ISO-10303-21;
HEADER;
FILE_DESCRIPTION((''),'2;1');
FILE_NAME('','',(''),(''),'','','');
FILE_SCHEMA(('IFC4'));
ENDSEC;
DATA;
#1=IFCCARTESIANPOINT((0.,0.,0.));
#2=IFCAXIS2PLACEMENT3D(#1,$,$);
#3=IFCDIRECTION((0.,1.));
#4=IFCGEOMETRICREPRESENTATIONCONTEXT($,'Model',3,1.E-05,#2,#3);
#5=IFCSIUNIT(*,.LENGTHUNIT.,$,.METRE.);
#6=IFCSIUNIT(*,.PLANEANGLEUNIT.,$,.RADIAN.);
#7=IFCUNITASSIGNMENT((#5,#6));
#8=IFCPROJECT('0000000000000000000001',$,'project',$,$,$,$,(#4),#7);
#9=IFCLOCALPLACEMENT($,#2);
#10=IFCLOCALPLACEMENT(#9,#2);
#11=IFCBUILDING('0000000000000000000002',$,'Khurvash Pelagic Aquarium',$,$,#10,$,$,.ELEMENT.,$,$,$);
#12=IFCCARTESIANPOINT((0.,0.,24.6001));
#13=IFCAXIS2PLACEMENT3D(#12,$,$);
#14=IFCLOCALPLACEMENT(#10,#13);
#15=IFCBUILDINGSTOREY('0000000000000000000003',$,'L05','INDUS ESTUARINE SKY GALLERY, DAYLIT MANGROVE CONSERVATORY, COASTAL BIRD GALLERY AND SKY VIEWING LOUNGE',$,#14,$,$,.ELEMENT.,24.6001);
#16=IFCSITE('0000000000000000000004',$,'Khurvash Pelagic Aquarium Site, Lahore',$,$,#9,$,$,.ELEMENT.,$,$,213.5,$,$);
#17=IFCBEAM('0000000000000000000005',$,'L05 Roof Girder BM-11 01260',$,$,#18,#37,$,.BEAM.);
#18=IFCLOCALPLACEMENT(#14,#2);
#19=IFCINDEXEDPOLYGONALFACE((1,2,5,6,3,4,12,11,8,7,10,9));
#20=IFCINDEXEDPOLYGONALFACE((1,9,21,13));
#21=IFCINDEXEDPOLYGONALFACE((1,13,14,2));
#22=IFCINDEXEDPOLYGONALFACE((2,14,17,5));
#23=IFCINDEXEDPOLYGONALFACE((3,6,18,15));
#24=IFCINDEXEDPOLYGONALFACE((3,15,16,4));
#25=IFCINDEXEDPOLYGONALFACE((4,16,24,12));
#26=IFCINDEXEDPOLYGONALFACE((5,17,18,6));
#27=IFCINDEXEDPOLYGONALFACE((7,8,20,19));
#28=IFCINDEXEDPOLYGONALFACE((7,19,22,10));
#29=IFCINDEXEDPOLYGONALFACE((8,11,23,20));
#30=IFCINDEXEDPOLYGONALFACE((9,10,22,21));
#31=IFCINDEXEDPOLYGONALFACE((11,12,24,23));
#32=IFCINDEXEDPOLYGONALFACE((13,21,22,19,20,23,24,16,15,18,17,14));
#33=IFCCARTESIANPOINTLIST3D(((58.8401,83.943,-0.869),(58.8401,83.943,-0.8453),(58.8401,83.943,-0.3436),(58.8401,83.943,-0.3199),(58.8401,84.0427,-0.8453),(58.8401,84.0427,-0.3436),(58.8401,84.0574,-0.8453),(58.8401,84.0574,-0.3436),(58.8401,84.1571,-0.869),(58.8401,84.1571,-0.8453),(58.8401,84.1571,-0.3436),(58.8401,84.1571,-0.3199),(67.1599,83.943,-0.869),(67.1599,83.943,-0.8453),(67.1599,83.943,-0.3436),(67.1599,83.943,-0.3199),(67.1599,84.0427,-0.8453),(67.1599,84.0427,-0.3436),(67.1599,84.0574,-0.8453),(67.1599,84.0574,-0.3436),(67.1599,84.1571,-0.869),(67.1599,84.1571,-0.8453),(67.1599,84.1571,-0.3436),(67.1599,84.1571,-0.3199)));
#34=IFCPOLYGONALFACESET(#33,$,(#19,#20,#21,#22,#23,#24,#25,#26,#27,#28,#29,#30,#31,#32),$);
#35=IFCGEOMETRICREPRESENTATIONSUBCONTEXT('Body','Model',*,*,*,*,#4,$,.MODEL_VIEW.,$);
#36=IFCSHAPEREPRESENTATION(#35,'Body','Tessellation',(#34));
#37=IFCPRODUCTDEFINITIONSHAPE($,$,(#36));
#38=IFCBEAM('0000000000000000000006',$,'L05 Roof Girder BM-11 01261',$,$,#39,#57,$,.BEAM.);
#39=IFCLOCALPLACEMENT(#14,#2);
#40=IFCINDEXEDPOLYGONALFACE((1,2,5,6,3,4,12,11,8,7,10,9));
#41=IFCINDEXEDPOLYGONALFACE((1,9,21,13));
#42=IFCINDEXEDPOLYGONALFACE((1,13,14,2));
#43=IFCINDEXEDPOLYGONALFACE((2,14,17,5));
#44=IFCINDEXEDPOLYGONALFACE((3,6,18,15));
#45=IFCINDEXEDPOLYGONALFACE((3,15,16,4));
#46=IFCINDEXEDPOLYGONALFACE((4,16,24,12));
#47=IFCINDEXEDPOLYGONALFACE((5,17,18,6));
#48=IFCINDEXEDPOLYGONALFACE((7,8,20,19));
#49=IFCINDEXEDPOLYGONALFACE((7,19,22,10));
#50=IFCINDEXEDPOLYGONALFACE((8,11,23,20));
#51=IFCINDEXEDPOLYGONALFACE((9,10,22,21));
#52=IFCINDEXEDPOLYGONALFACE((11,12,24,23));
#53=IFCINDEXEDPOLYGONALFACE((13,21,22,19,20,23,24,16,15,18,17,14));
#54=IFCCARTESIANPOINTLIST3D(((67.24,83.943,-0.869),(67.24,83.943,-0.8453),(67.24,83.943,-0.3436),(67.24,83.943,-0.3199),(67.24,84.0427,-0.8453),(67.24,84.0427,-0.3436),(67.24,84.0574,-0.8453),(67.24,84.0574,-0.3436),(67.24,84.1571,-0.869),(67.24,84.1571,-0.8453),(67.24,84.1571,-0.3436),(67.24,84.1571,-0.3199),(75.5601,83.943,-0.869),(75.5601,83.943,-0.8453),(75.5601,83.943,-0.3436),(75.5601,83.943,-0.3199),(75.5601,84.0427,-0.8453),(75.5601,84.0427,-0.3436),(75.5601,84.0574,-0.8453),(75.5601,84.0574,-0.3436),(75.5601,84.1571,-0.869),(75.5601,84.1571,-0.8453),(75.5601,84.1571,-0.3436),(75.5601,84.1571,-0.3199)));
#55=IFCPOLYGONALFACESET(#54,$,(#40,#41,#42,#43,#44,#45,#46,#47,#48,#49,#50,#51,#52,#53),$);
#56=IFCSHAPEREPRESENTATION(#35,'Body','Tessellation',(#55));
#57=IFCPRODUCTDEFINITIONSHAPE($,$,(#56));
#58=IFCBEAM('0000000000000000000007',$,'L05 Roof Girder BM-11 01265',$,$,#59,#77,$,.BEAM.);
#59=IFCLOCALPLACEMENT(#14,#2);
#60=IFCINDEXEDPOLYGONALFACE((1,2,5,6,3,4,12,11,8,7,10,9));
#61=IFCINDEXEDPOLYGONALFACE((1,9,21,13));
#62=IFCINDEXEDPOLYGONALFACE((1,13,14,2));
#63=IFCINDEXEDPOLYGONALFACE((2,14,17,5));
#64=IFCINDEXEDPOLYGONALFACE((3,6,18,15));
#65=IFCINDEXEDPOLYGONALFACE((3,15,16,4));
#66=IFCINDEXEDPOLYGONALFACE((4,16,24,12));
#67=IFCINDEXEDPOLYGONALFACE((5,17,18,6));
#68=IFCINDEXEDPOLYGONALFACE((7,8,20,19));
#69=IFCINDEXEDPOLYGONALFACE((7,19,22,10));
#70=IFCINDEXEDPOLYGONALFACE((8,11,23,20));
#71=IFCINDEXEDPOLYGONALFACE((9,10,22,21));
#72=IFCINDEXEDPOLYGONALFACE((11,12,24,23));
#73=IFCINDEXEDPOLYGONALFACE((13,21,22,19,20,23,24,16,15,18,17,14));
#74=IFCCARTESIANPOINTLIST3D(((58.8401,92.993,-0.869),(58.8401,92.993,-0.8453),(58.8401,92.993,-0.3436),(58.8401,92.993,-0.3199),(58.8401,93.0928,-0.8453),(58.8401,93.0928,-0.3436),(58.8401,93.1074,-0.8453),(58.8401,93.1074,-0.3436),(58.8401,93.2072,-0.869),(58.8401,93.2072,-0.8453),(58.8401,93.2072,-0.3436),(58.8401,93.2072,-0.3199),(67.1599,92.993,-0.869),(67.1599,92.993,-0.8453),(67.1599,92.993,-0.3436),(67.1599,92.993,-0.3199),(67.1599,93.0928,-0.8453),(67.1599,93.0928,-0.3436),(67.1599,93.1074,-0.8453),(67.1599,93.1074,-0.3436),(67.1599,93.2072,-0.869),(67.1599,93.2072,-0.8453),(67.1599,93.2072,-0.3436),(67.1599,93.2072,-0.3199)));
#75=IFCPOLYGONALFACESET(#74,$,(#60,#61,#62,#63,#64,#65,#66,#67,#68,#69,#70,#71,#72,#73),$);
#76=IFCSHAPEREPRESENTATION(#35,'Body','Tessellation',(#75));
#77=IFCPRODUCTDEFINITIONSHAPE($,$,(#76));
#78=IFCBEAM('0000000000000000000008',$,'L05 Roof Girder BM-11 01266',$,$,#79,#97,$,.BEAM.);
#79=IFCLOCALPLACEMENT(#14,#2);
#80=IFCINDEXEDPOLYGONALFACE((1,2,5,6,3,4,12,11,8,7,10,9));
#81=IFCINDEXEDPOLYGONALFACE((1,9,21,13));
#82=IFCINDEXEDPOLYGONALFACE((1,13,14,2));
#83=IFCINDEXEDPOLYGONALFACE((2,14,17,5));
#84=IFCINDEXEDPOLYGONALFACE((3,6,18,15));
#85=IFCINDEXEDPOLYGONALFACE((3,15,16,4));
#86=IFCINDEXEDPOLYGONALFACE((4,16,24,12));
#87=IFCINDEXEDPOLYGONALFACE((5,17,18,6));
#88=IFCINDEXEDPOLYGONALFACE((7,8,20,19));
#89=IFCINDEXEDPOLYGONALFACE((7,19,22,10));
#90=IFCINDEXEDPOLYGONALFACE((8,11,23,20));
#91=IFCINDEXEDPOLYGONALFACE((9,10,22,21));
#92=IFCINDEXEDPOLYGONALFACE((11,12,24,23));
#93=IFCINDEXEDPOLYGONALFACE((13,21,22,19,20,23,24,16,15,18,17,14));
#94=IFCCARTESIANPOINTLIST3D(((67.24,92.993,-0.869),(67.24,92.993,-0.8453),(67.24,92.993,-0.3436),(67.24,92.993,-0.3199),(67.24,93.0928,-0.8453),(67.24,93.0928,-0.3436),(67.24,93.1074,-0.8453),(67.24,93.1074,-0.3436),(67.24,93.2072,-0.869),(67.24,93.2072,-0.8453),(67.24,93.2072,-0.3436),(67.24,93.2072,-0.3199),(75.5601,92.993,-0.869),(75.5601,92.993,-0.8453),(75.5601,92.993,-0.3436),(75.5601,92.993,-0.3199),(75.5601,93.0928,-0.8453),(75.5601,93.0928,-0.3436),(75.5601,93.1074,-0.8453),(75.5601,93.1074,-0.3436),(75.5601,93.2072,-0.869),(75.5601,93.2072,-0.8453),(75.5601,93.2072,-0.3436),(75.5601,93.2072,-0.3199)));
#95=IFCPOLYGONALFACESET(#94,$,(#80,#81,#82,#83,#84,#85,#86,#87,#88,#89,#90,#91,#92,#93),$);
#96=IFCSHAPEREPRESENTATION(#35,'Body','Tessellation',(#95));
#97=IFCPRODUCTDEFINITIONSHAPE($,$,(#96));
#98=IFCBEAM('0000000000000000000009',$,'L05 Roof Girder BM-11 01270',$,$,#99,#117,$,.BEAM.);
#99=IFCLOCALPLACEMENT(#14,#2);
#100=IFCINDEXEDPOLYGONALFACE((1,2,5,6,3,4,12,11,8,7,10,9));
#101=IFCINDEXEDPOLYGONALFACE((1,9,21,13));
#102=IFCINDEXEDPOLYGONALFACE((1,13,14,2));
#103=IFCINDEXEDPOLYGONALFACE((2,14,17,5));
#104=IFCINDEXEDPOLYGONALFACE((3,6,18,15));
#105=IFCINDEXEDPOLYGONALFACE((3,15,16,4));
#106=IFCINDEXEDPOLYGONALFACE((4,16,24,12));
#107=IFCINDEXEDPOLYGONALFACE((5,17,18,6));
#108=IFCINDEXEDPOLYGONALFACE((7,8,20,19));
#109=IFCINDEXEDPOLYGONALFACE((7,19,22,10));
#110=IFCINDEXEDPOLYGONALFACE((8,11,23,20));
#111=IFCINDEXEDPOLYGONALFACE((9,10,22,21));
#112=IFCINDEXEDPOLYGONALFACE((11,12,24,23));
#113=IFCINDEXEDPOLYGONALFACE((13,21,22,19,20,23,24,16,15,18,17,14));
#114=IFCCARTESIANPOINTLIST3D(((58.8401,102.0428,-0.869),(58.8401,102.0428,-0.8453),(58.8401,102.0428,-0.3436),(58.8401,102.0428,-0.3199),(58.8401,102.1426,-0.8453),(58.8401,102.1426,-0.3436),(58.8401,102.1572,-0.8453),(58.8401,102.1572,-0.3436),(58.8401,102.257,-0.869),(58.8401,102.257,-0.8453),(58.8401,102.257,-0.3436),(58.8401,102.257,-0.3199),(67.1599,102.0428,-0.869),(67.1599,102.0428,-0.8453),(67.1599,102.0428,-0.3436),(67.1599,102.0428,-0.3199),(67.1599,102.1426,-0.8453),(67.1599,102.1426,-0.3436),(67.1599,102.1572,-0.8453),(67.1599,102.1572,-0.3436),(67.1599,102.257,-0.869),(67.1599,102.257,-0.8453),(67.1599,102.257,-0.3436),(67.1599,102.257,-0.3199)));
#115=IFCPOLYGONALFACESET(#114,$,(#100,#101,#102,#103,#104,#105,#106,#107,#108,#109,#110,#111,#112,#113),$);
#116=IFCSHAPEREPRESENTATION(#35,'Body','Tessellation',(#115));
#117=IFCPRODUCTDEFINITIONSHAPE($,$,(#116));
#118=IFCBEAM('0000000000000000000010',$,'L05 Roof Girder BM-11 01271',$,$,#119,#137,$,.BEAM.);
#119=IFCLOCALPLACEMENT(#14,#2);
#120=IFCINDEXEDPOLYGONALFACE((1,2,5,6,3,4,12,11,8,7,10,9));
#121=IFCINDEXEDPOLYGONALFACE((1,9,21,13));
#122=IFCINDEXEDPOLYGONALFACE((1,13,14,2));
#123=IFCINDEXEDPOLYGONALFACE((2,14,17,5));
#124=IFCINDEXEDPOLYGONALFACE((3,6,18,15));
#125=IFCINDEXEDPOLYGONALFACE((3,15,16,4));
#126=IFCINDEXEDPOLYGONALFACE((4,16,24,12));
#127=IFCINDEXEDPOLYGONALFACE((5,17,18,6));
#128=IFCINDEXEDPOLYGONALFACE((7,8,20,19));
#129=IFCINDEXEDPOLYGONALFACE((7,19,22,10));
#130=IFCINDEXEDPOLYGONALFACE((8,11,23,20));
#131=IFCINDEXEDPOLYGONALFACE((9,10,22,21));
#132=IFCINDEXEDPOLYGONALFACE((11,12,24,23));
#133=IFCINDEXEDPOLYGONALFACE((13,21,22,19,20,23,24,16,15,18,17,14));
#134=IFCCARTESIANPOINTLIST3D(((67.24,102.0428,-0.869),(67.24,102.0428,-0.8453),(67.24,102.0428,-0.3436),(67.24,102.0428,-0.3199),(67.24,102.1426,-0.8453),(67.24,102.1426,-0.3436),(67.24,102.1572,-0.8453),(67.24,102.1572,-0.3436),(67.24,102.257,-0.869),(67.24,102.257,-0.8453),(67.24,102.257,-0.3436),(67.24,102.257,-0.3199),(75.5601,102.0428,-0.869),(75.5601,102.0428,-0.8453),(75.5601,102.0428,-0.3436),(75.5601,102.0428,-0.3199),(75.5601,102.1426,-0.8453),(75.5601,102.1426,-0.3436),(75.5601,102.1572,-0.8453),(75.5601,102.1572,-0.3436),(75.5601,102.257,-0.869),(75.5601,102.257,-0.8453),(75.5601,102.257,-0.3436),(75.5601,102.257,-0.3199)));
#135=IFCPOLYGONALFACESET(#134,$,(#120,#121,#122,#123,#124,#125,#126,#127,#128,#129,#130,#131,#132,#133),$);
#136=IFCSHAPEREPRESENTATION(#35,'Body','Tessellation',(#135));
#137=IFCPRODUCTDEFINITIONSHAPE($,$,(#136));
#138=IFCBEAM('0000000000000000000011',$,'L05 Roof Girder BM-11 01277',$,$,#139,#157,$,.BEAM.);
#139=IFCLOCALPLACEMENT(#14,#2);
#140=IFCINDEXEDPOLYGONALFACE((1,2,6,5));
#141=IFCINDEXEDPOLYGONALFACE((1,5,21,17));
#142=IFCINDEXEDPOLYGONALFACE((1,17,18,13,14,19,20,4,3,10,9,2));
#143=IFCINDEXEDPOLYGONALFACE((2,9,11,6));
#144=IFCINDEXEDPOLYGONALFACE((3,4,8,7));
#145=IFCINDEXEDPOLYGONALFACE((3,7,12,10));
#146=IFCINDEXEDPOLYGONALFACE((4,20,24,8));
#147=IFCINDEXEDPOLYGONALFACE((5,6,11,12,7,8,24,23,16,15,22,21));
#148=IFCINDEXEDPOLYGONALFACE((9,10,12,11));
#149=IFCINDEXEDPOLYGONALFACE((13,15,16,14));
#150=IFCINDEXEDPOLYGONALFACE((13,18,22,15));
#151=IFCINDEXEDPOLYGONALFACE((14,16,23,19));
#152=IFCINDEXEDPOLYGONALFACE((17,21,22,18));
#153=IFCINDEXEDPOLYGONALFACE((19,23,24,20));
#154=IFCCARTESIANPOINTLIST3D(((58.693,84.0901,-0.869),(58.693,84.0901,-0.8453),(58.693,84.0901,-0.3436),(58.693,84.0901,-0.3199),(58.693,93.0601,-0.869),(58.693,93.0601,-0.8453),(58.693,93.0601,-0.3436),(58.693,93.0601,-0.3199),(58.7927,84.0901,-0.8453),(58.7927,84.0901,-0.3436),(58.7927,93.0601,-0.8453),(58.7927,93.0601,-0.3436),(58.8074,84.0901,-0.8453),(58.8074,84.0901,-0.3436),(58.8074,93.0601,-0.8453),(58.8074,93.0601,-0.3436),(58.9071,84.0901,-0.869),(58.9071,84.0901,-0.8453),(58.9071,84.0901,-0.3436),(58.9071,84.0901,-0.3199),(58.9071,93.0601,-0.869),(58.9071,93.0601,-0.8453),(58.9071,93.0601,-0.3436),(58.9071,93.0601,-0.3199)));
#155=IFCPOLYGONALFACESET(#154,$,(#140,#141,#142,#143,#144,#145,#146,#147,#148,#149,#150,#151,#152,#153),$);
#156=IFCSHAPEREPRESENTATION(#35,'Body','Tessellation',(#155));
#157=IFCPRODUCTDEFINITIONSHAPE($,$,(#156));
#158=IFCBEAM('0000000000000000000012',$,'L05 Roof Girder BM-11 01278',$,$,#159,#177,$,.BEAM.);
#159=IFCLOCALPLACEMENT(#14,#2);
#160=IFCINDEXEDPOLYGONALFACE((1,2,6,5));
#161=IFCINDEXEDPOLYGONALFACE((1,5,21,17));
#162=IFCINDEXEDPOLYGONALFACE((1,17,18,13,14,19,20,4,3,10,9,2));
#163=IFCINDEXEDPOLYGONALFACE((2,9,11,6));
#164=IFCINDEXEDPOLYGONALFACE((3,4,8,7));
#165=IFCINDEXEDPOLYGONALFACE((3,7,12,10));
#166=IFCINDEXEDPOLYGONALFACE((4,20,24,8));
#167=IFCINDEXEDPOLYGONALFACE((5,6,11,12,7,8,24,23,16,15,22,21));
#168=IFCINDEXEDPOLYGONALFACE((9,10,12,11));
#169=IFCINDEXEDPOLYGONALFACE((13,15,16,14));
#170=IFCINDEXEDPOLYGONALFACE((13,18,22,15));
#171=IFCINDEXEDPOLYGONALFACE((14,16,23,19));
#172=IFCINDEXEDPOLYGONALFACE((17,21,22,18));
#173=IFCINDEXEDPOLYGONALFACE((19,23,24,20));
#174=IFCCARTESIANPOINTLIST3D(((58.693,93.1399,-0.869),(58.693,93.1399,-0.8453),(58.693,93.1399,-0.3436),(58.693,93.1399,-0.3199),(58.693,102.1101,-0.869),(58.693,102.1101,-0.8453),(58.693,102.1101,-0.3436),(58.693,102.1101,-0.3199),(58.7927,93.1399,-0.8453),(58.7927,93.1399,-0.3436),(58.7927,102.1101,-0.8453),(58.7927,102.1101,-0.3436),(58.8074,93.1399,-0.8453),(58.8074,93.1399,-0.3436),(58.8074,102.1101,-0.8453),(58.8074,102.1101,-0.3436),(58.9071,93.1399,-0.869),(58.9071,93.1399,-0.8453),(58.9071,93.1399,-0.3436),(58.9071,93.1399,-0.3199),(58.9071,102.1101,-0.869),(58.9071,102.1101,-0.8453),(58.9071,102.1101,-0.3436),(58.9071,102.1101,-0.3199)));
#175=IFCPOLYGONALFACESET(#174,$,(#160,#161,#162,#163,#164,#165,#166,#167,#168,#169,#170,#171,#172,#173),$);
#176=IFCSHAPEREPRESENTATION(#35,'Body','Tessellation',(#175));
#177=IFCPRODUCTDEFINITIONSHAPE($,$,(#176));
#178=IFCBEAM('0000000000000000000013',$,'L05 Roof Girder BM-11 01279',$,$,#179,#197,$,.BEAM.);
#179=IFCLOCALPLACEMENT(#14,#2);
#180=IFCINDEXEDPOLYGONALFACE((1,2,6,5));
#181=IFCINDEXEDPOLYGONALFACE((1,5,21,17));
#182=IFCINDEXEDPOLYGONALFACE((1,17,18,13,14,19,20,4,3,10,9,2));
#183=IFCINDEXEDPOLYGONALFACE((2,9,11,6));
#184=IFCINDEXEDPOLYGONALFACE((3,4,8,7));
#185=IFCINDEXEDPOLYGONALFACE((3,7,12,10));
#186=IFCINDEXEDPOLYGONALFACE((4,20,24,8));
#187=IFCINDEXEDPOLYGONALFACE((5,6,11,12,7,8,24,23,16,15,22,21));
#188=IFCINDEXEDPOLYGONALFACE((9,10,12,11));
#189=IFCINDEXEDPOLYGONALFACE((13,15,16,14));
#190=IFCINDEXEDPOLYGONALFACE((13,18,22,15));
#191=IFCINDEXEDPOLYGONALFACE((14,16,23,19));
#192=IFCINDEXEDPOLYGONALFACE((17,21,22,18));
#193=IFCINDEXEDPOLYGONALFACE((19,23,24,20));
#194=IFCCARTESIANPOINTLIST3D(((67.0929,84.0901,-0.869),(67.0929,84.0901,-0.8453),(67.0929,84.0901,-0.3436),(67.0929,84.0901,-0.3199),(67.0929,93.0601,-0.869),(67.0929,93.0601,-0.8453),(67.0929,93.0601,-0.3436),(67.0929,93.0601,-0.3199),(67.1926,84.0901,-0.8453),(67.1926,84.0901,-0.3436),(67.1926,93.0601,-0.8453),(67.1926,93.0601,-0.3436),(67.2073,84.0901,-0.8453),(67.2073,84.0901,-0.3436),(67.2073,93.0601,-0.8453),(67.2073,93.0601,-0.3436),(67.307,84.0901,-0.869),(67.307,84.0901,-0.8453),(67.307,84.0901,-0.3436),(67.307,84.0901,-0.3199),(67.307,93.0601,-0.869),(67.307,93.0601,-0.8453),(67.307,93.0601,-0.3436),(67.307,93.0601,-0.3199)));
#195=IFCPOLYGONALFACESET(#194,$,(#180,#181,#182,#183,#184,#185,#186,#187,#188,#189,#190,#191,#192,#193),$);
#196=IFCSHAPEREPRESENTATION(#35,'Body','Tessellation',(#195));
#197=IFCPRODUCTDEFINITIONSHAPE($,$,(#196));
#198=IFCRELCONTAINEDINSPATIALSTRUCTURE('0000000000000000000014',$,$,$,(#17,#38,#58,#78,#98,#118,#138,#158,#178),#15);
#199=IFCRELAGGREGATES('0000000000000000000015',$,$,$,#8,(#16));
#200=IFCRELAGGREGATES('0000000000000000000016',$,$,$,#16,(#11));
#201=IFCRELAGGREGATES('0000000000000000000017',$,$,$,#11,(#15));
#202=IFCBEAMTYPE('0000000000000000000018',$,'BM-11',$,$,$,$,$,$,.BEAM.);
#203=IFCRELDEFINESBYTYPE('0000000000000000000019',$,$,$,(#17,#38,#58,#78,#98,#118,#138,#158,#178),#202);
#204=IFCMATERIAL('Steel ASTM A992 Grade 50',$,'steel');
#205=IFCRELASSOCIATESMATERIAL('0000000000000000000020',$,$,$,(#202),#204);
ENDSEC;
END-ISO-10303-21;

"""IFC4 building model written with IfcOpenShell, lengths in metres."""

from ifc_helpers import new_model, si_unit, direction, frame, origin, origin_2d, place, context, subcontext, project, spatial, i_section, extrude, material, material_profile, profile_set, type_object, element, save


model = new_model("IFC4")

# Units and contexts
model_context = context("Model", 3, precision=1e-05, world=origin(), true_north=direction((0.0, 1.0)))
body_context = subcontext(model_context, "Body", "Model", "MODEL_VIEW")
ifc_project = project(units=[si_unit("LENGTHUNIT", "METRE"), si_unit("PLANEANGLEUNIT", "RADIAN")], contexts=[model_context])

# Site, building, storey
site_placement = place(None, origin())
site = spatial("IfcSite", under=ifc_project, at=site_placement, Name="Khurvash Pelagic Aquarium Site, Lahore", CompositionType="ELEMENT", RefElevation=213.5)
building_placement = place(site_placement, origin())
building = spatial("IfcBuilding", under=site, at=building_placement, Name="Khurvash Pelagic Aquarium", CompositionType="ELEMENT")
storey_placement = place(building_placement, frame((0.0, 0.0, 24.6001)))
storey = spatial("IfcBuildingStorey", under=building, at=storey_placement, Name="L05", Description="INDUS ESTUARINE SKY GALLERY, DAYLIT MANGROVE CONSERVATORY, COASTAL BIRD GALLERY AND SKY VIEWING LOUNGE", CompositionType="ELEMENT", Elevation=24.6001)

# Beams
ifc_material_1 = material(Name="Steel ASTM A992 Grade 50", Category="steel")
ifc_material_profile_1 = material_profile(ifc_material_1, i_section(OverallWidth=0.2141, OverallDepth=0.5491, WebThickness=0.0146, FlangeThickness=0.0237, at=origin_2d()), Name="W21X93")
ifc_profile_set_1 = profile_set([ifc_material_profile_1], Name="Steel ASTM A992 Grade 50")
beam_type_1 = type_object("IfcBeamType", Name="BM-11", PredefinedType="BEAM", material=ifc_profile_set_1)
beam_1_placement = place(storey_placement, frame((58.8401, 84.05, -0.5945), z_axis=(1.0, 0.0, 0.0), x_axis=(0.0, 1.0, 0.0)))
element("IfcBeam", 1, at=beam_1_placement, inside=storey, type_object=beam_type_1, Name="L05 Roof Girder BM-11 01260", PredefinedType="BEAM", context=body_context, shape_type="SweptSolid", body=[
    extrude(i_section(OverallWidth=0.2141, OverallDepth=0.5491, WebThickness=0.0146, FlangeThickness=0.0237, at=origin_2d()), origin(), (0.0, 0.0, 1.0), 8.3198),
])
beam_2_placement = place(storey_placement, frame((67.24, 84.05, -0.5945), z_axis=(1.0, 0.0, 0.0), x_axis=(0.0, 1.0, 0.0)))
element("IfcBeam", 2, at=beam_2_placement, inside=storey, type_object=beam_type_1, Name="L05 Roof Girder BM-11 01261", PredefinedType="BEAM", context=body_context, shape_type="SweptSolid", body=[
    extrude(i_section(OverallWidth=0.2141, OverallDepth=0.5491, WebThickness=0.0146, FlangeThickness=0.0237, at=origin_2d()), origin(), (0.0, 0.0, 1.0), 8.3201),
])
beam_3_placement = place(storey_placement, frame((58.8401, 93.1001, -0.5945), z_axis=(1.0, 0.0, 0.0), x_axis=(0.0, 1.0, 0.0)))
element("IfcBeam", 3, at=beam_3_placement, inside=storey, type_object=beam_type_1, Name="L05 Roof Girder BM-11 01265", PredefinedType="BEAM", context=body_context, shape_type="SweptSolid", body=[
    extrude(i_section(OverallWidth=0.2141, OverallDepth=0.5491, WebThickness=0.0146, FlangeThickness=0.0237, at=origin_2d()), origin(), (0.0, 0.0, 1.0), 8.3198),
])
beam_4_placement = place(storey_placement, frame((67.24, 93.1001, -0.5945), z_axis=(1.0, 0.0, 0.0), x_axis=(0.0, 1.0, 0.0)))
element("IfcBeam", 4, at=beam_4_placement, inside=storey, type_object=beam_type_1, Name="L05 Roof Girder BM-11 01266", PredefinedType="BEAM", context=body_context, shape_type="SweptSolid", body=[
    extrude(i_section(OverallWidth=0.2141, OverallDepth=0.5491, WebThickness=0.0146, FlangeThickness=0.0237, at=origin_2d()), origin(), (0.0, 0.0, 1.0), 8.3201),
])
beam_5_placement = place(storey_placement, frame((58.8401, 102.1499, -0.5945), z_axis=(1.0, 0.0, 0.0), x_axis=(0.0, 1.0, 0.0)))
element("IfcBeam", 5, at=beam_5_placement, inside=storey, type_object=beam_type_1, Name="L05 Roof Girder BM-11 01270", PredefinedType="BEAM", context=body_context, shape_type="SweptSolid", body=[
    extrude(i_section(OverallWidth=0.2141, OverallDepth=0.5491, WebThickness=0.0146, FlangeThickness=0.0237, at=origin_2d()), origin(), (0.0, 0.0, 1.0), 8.3198),
])
beam_6_placement = place(storey_placement, frame((67.24, 102.1499, -0.5945), z_axis=(1.0, 0.0, 0.0), x_axis=(0.0, 1.0, 0.0)))
element("IfcBeam", 6, at=beam_6_placement, inside=storey, type_object=beam_type_1, Name="L05 Roof Girder BM-11 01271", PredefinedType="BEAM", context=body_context, shape_type="SweptSolid", body=[
    extrude(i_section(OverallWidth=0.2141, OverallDepth=0.5491, WebThickness=0.0146, FlangeThickness=0.0237, at=origin_2d()), origin(), (0.0, 0.0, 1.0), 8.3201),
])
beam_7_placement = place(storey_placement, frame((58.8, 84.0901, -0.5945), z_axis=(0.0, 1.0, 0.0), x_axis=(-1.0, 0.0, 0.0)))
element("IfcBeam", 7, at=beam_7_placement, inside=storey, type_object=beam_type_1, Name="L05 Roof Girder BM-11 01277", PredefinedType="BEAM", context=body_context, shape_type="SweptSolid", body=[
    extrude(i_section(OverallWidth=0.2141, OverallDepth=0.5491, WebThickness=0.0146, FlangeThickness=0.0237, at=origin_2d()), origin(), (0.0, 0.0, 1.0), 8.97),
])
beam_8_placement = place(storey_placement, frame((58.8, 93.1399, -0.5945), z_axis=(0.0, 1.0, 0.0), x_axis=(-1.0, 0.0, 0.0)))
element("IfcBeam", 8, at=beam_8_placement, inside=storey, type_object=beam_type_1, Name="L05 Roof Girder BM-11 01278", PredefinedType="BEAM", context=body_context, shape_type="SweptSolid", body=[
    extrude(i_section(OverallWidth=0.2141, OverallDepth=0.5491, WebThickness=0.0146, FlangeThickness=0.0237, at=origin_2d()), origin(), (0.0, 0.0, 1.0), 8.9702),
])
beam_9_placement = place(storey_placement, frame((67.2, 84.0901, -0.5945), z_axis=(0.0, 1.0, 0.0), x_axis=(-1.0, 0.0, 0.0)))
element("IfcBeam", 9, at=beam_9_placement, inside=storey, type_object=beam_type_1, Name="L05 Roof Girder BM-11 01279", PredefinedType="BEAM", context=body_context, shape_type="SweptSolid", body=[
    extrude(i_section(OverallWidth=0.2141, OverallDepth=0.5491, WebThickness=0.0146, FlangeThickness=0.0237, at=origin_2d()), origin(), (0.0, 0.0, 1.0), 8.97),
])

save(model, "model.ifc")
